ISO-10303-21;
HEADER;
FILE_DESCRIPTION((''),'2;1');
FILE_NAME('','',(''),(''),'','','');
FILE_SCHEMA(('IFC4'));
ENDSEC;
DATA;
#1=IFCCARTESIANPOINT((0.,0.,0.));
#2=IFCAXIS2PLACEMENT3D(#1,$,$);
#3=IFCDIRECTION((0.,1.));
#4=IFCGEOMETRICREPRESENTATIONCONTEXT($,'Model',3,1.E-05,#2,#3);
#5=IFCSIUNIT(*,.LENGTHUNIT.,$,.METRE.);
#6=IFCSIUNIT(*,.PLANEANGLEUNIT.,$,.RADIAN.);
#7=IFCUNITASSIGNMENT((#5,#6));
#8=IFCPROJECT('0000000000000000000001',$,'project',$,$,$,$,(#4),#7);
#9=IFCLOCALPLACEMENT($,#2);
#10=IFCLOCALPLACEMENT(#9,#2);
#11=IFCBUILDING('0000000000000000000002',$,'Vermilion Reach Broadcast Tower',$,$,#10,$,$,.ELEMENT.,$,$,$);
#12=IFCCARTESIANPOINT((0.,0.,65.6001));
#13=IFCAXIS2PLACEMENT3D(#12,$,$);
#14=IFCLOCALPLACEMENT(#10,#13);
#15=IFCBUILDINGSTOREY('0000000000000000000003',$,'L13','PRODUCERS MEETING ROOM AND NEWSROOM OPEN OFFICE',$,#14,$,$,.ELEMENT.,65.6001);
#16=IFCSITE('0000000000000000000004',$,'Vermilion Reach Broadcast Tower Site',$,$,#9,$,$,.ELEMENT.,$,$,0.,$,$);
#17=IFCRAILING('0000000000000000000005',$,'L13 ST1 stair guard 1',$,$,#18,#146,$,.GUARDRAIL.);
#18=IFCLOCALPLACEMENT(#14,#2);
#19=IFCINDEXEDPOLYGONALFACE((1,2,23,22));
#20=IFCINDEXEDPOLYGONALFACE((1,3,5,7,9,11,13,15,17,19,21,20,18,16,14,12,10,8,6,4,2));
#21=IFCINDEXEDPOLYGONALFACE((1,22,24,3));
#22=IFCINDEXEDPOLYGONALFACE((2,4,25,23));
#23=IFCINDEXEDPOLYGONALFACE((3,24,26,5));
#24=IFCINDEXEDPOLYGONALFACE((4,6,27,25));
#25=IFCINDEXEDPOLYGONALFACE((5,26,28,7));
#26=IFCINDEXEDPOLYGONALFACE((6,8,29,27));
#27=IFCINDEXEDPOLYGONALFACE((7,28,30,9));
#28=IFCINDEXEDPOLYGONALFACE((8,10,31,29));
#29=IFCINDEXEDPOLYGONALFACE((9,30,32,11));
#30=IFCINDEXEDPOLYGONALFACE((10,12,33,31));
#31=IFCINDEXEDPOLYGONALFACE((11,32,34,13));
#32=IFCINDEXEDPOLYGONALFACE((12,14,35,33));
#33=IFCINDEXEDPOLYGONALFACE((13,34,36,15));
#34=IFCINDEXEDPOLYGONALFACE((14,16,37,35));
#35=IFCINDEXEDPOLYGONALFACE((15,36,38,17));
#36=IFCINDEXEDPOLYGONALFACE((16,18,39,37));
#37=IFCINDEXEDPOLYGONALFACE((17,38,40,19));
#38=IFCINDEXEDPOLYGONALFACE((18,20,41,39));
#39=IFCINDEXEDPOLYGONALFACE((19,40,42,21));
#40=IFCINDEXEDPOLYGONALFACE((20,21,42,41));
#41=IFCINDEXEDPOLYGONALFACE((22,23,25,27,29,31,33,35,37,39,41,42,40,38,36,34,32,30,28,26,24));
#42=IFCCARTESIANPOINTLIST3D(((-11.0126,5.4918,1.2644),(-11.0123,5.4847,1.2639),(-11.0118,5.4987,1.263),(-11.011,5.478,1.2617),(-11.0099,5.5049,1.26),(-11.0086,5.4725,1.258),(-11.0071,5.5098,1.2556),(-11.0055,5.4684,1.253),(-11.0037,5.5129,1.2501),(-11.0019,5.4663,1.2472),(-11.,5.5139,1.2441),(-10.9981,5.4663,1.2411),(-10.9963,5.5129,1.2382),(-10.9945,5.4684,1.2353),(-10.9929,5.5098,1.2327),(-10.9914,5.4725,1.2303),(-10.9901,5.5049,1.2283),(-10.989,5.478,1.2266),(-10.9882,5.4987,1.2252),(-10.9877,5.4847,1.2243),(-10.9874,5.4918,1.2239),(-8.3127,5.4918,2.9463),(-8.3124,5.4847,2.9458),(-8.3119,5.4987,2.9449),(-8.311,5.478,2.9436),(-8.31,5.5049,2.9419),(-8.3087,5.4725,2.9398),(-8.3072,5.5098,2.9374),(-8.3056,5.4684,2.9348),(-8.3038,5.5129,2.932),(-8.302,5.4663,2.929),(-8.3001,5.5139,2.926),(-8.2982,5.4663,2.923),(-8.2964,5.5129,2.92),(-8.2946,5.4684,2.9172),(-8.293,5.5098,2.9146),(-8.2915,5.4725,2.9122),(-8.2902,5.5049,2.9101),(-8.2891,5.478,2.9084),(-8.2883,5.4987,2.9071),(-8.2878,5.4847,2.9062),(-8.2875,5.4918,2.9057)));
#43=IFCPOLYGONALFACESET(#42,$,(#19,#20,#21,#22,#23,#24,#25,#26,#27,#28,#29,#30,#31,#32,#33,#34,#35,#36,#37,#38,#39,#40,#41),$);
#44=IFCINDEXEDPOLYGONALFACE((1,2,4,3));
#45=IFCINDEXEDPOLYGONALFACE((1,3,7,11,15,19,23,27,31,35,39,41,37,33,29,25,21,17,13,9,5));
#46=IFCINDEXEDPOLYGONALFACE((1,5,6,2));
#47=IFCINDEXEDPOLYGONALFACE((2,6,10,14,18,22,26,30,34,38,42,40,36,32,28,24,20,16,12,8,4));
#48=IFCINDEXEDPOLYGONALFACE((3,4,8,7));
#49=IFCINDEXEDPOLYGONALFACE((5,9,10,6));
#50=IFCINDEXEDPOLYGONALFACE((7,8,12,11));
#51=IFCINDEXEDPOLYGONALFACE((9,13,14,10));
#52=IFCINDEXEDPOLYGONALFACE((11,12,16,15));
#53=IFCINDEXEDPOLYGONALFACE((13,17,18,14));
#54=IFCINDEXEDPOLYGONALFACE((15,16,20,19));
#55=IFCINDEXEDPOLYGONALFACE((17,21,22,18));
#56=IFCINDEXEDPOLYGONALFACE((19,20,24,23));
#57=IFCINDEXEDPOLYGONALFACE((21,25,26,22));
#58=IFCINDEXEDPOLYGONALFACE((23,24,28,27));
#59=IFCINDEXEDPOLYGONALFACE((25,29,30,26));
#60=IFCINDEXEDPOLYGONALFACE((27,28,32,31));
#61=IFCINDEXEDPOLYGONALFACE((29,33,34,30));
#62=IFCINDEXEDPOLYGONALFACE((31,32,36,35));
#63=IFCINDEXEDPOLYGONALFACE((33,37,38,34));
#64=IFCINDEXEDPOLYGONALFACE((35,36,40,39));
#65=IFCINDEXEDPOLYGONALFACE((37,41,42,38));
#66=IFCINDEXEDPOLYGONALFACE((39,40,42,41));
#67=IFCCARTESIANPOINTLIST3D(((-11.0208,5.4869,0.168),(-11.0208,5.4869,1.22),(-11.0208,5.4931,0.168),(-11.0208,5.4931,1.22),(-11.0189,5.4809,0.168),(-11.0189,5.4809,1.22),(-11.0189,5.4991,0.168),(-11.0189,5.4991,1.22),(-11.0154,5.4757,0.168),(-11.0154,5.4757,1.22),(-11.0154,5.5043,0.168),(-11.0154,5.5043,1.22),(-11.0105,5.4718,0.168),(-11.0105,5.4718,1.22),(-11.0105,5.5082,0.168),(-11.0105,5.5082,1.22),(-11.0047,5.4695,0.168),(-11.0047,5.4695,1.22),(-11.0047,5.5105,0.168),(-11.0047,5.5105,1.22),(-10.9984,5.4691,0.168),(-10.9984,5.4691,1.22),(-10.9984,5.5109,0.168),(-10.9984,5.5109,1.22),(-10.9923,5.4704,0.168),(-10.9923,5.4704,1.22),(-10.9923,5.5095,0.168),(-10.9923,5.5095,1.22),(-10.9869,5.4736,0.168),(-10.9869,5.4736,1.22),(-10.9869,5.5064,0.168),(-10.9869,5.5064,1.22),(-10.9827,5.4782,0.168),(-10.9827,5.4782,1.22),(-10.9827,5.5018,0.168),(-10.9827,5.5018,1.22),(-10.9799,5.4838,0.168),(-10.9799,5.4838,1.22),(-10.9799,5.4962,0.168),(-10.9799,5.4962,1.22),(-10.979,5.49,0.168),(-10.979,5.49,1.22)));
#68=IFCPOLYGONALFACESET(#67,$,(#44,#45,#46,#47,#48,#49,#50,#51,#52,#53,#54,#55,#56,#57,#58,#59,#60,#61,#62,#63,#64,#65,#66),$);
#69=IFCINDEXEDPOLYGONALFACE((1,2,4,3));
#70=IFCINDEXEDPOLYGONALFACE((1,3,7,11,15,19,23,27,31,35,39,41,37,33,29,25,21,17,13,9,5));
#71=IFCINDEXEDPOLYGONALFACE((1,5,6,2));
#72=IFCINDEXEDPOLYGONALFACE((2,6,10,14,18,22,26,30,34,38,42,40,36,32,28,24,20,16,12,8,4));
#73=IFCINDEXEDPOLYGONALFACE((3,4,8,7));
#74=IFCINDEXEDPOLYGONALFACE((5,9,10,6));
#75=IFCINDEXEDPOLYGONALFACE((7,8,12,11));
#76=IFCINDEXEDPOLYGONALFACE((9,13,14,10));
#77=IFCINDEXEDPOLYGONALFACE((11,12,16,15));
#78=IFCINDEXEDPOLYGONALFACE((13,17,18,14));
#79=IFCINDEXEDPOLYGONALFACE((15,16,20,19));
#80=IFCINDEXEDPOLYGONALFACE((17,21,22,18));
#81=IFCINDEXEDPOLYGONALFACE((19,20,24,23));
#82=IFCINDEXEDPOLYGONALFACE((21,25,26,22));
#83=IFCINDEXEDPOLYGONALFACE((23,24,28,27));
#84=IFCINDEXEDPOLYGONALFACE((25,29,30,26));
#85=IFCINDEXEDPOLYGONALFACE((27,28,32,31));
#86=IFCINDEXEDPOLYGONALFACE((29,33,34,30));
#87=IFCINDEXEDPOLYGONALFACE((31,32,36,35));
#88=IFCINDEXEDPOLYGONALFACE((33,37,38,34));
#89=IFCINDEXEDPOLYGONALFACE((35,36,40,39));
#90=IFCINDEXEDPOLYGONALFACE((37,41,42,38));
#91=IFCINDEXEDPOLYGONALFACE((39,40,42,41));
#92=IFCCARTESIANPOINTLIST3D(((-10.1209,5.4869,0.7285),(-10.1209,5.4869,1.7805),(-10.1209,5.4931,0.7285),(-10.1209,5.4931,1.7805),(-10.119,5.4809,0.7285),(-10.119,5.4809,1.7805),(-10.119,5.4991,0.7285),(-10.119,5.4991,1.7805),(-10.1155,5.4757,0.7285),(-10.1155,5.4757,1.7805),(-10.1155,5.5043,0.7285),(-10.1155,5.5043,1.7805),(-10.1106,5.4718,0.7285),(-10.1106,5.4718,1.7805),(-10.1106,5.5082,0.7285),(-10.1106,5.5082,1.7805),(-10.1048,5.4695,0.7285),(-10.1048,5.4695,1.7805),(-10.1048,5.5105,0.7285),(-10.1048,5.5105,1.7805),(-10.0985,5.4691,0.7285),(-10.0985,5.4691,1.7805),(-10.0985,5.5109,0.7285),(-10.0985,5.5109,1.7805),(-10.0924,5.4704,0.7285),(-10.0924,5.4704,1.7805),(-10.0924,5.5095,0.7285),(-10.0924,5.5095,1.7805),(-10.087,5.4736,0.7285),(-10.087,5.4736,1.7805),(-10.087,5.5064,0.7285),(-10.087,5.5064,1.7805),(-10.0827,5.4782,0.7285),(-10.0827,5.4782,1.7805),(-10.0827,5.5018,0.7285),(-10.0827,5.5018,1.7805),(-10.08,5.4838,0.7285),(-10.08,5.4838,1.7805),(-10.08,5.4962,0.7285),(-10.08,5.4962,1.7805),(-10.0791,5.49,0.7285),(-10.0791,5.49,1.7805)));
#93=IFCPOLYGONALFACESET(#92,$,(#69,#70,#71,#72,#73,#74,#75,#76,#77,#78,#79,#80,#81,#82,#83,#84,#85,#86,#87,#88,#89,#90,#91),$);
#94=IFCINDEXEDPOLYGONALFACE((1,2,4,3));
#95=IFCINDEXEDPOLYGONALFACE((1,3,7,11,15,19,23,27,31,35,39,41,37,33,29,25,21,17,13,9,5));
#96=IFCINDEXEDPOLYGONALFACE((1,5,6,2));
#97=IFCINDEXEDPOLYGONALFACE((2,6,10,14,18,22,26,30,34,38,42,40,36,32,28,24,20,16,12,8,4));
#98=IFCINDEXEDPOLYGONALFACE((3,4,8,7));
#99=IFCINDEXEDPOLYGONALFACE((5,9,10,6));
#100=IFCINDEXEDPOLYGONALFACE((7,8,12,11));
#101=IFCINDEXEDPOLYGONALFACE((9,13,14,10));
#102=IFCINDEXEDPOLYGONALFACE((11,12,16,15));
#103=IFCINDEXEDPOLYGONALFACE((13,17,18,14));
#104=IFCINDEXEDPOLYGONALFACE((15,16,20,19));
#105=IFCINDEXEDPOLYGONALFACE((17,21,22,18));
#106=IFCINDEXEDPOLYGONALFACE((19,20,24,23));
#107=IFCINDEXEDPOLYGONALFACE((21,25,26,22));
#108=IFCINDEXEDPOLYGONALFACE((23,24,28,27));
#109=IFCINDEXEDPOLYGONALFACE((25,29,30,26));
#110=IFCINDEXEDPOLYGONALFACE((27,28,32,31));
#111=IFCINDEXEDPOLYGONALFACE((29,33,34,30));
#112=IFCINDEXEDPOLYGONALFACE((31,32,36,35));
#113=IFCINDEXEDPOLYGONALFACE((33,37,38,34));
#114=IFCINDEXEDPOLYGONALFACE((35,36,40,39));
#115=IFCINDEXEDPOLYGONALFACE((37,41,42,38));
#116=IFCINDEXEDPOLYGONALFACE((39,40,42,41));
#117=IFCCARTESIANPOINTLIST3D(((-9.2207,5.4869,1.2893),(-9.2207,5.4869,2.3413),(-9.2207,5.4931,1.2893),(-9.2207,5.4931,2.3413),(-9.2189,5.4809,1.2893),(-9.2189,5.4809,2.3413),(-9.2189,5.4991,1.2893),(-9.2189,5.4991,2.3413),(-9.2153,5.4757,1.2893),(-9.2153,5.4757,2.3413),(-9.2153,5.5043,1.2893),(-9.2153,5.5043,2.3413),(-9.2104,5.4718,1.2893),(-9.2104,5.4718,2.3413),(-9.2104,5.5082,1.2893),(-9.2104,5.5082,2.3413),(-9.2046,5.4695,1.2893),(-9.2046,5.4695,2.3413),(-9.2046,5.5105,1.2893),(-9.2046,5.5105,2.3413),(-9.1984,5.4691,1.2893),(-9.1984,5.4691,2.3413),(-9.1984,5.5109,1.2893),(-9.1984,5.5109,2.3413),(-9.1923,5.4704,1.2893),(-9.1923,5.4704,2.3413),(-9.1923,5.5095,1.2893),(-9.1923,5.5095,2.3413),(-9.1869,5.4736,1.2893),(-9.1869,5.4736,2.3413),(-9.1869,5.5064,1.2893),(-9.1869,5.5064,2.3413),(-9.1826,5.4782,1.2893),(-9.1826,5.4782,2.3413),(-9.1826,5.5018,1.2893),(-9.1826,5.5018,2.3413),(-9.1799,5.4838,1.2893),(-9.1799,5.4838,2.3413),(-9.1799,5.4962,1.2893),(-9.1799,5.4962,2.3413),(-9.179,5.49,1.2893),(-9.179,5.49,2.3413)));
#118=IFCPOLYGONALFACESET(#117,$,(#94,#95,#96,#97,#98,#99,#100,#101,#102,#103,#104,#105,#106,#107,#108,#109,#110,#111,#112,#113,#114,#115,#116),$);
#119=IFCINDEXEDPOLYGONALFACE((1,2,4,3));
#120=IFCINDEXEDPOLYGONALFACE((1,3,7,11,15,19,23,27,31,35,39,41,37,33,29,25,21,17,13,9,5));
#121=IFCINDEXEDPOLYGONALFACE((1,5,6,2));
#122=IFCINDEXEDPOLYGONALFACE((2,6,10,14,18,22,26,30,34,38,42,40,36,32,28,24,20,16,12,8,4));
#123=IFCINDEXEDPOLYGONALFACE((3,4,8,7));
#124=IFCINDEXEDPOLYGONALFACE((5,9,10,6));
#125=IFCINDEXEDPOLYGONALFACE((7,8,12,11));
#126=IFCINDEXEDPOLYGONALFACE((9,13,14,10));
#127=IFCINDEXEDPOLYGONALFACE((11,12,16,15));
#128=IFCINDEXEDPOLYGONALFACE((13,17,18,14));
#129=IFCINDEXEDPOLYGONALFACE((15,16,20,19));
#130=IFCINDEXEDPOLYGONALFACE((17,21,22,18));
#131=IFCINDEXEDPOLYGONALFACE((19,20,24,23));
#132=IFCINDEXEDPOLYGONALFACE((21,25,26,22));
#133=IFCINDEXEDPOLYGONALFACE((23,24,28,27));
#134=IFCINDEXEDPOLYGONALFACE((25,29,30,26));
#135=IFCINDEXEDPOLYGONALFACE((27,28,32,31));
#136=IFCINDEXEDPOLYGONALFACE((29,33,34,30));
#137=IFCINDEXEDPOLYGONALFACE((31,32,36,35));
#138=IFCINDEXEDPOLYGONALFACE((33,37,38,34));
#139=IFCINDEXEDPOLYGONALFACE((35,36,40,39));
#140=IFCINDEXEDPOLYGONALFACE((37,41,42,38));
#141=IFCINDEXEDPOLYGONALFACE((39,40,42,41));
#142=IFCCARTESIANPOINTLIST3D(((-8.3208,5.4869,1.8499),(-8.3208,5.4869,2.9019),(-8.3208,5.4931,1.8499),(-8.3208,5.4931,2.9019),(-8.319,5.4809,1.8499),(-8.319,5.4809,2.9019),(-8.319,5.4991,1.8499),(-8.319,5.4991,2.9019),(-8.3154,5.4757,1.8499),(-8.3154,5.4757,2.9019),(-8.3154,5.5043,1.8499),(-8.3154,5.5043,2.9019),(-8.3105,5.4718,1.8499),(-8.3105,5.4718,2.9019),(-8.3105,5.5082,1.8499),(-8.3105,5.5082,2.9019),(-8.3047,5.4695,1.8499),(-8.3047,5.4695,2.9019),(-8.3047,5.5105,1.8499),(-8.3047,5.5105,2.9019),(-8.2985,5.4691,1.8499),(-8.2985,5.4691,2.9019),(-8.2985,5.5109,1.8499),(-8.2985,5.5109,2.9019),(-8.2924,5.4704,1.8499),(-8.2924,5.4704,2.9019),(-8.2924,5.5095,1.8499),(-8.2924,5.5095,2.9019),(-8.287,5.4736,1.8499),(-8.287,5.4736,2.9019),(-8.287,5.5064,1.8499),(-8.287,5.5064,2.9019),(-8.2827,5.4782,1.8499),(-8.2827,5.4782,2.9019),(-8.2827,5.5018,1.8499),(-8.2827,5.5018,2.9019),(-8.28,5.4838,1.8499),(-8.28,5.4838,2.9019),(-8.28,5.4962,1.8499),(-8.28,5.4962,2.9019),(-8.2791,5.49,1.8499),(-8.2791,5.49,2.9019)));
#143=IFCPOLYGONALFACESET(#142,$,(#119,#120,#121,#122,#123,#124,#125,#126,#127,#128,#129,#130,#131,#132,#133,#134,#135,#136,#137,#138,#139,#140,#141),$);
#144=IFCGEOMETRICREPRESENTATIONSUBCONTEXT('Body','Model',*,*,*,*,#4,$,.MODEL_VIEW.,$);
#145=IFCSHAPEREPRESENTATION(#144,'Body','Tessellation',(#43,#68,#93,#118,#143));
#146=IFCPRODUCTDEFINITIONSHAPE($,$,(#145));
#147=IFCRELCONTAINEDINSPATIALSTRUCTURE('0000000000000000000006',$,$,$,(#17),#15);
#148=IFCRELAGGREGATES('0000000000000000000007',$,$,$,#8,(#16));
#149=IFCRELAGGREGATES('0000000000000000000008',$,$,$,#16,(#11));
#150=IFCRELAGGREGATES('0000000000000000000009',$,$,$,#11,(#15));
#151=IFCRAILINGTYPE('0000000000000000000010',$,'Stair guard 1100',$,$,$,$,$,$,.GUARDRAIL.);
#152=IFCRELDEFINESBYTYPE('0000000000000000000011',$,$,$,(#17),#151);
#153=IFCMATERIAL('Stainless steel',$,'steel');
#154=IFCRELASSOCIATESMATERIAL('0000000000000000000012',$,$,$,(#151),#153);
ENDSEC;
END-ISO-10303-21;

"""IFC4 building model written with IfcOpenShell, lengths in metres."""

from ifc_helpers import new_model, si_unit, direction, frame, origin, origin_2d, place, context, subcontext, project, spatial, circle, extrude, material, type_object, element, save


model = new_model("IFC4")

# Units and contexts
model_context = context("Model", 3, precision=1e-05, world=origin(), true_north=direction((0.0, 1.0)))
body_context = subcontext(model_context, "Body", "Model", "MODEL_VIEW")
ifc_project = project(units=[si_unit("LENGTHUNIT", "METRE"), si_unit("PLANEANGLEUNIT", "RADIAN")], contexts=[model_context])

# Site, building, storey
site_placement = place(None, origin())
site = spatial("IfcSite", under=ifc_project, at=site_placement, Name="Vermilion Reach Broadcast Tower Site", CompositionType="ELEMENT", RefElevation=0.0)
building_placement = place(site_placement, origin())
building = spatial("IfcBuilding", under=site, at=building_placement, Name="Vermilion Reach Broadcast Tower", CompositionType="ELEMENT")
storey_placement = place(building_placement, frame((0.0, 0.0, 65.6001)))
storey = spatial("IfcBuildingStorey", under=building, at=storey_placement, Name="L13", Description="PRODUCERS MEETING ROOM AND NEWSROOM OPEN OFFICE", CompositionType="ELEMENT", Elevation=65.6001)

# Railing
ifc_material_1 = material(Name="Stainless steel", Category="steel")
railing_type_1 = type_object("IfcRailingType", Name="Stair guard 1100", PredefinedType="GUARDRAIL", material=ifc_material_1)
railing_1_placement = place(storey_placement, frame((-11.0, 5.49, 0.168)))
element("IfcRailing", 1, at=railing_1_placement, inside=storey, type_object=railing_type_1, Name="L13 ST1 stair guard 1", PredefinedType="GUARDRAIL", context=body_context, shape_type="SweptSolid", body=[
    extrude(circle(Radius=0.0239, at=origin_2d()), frame((0.0, 0.0, 1.0762), z_axis=(0.848786, 0.0, 0.528736), x_axis=(0.0, 1.0, 0.0)), (0.0, 0.0, 1.0), 3.1809),
    extrude(circle(Radius=0.021, at=origin_2d()), origin(), (0.0, 0.0, 1.0), 1.052),
    extrude(circle(Radius=0.021, at=origin_2d()), frame((0.8999, 0.0, 0.5605)), (0.0, 0.0, 1.0), 1.052),
    extrude(circle(Radius=0.021, at=origin_2d()), frame((1.8, 0.0, 1.1213)), (0.0, 0.0, 1.0), 1.052),
    extrude(circle(Radius=0.021, at=origin_2d()), frame((2.7, 0.0, 1.6819)), (0.0, 0.0, 1.0), 1.052),
])

save(model, "model.ifc")
